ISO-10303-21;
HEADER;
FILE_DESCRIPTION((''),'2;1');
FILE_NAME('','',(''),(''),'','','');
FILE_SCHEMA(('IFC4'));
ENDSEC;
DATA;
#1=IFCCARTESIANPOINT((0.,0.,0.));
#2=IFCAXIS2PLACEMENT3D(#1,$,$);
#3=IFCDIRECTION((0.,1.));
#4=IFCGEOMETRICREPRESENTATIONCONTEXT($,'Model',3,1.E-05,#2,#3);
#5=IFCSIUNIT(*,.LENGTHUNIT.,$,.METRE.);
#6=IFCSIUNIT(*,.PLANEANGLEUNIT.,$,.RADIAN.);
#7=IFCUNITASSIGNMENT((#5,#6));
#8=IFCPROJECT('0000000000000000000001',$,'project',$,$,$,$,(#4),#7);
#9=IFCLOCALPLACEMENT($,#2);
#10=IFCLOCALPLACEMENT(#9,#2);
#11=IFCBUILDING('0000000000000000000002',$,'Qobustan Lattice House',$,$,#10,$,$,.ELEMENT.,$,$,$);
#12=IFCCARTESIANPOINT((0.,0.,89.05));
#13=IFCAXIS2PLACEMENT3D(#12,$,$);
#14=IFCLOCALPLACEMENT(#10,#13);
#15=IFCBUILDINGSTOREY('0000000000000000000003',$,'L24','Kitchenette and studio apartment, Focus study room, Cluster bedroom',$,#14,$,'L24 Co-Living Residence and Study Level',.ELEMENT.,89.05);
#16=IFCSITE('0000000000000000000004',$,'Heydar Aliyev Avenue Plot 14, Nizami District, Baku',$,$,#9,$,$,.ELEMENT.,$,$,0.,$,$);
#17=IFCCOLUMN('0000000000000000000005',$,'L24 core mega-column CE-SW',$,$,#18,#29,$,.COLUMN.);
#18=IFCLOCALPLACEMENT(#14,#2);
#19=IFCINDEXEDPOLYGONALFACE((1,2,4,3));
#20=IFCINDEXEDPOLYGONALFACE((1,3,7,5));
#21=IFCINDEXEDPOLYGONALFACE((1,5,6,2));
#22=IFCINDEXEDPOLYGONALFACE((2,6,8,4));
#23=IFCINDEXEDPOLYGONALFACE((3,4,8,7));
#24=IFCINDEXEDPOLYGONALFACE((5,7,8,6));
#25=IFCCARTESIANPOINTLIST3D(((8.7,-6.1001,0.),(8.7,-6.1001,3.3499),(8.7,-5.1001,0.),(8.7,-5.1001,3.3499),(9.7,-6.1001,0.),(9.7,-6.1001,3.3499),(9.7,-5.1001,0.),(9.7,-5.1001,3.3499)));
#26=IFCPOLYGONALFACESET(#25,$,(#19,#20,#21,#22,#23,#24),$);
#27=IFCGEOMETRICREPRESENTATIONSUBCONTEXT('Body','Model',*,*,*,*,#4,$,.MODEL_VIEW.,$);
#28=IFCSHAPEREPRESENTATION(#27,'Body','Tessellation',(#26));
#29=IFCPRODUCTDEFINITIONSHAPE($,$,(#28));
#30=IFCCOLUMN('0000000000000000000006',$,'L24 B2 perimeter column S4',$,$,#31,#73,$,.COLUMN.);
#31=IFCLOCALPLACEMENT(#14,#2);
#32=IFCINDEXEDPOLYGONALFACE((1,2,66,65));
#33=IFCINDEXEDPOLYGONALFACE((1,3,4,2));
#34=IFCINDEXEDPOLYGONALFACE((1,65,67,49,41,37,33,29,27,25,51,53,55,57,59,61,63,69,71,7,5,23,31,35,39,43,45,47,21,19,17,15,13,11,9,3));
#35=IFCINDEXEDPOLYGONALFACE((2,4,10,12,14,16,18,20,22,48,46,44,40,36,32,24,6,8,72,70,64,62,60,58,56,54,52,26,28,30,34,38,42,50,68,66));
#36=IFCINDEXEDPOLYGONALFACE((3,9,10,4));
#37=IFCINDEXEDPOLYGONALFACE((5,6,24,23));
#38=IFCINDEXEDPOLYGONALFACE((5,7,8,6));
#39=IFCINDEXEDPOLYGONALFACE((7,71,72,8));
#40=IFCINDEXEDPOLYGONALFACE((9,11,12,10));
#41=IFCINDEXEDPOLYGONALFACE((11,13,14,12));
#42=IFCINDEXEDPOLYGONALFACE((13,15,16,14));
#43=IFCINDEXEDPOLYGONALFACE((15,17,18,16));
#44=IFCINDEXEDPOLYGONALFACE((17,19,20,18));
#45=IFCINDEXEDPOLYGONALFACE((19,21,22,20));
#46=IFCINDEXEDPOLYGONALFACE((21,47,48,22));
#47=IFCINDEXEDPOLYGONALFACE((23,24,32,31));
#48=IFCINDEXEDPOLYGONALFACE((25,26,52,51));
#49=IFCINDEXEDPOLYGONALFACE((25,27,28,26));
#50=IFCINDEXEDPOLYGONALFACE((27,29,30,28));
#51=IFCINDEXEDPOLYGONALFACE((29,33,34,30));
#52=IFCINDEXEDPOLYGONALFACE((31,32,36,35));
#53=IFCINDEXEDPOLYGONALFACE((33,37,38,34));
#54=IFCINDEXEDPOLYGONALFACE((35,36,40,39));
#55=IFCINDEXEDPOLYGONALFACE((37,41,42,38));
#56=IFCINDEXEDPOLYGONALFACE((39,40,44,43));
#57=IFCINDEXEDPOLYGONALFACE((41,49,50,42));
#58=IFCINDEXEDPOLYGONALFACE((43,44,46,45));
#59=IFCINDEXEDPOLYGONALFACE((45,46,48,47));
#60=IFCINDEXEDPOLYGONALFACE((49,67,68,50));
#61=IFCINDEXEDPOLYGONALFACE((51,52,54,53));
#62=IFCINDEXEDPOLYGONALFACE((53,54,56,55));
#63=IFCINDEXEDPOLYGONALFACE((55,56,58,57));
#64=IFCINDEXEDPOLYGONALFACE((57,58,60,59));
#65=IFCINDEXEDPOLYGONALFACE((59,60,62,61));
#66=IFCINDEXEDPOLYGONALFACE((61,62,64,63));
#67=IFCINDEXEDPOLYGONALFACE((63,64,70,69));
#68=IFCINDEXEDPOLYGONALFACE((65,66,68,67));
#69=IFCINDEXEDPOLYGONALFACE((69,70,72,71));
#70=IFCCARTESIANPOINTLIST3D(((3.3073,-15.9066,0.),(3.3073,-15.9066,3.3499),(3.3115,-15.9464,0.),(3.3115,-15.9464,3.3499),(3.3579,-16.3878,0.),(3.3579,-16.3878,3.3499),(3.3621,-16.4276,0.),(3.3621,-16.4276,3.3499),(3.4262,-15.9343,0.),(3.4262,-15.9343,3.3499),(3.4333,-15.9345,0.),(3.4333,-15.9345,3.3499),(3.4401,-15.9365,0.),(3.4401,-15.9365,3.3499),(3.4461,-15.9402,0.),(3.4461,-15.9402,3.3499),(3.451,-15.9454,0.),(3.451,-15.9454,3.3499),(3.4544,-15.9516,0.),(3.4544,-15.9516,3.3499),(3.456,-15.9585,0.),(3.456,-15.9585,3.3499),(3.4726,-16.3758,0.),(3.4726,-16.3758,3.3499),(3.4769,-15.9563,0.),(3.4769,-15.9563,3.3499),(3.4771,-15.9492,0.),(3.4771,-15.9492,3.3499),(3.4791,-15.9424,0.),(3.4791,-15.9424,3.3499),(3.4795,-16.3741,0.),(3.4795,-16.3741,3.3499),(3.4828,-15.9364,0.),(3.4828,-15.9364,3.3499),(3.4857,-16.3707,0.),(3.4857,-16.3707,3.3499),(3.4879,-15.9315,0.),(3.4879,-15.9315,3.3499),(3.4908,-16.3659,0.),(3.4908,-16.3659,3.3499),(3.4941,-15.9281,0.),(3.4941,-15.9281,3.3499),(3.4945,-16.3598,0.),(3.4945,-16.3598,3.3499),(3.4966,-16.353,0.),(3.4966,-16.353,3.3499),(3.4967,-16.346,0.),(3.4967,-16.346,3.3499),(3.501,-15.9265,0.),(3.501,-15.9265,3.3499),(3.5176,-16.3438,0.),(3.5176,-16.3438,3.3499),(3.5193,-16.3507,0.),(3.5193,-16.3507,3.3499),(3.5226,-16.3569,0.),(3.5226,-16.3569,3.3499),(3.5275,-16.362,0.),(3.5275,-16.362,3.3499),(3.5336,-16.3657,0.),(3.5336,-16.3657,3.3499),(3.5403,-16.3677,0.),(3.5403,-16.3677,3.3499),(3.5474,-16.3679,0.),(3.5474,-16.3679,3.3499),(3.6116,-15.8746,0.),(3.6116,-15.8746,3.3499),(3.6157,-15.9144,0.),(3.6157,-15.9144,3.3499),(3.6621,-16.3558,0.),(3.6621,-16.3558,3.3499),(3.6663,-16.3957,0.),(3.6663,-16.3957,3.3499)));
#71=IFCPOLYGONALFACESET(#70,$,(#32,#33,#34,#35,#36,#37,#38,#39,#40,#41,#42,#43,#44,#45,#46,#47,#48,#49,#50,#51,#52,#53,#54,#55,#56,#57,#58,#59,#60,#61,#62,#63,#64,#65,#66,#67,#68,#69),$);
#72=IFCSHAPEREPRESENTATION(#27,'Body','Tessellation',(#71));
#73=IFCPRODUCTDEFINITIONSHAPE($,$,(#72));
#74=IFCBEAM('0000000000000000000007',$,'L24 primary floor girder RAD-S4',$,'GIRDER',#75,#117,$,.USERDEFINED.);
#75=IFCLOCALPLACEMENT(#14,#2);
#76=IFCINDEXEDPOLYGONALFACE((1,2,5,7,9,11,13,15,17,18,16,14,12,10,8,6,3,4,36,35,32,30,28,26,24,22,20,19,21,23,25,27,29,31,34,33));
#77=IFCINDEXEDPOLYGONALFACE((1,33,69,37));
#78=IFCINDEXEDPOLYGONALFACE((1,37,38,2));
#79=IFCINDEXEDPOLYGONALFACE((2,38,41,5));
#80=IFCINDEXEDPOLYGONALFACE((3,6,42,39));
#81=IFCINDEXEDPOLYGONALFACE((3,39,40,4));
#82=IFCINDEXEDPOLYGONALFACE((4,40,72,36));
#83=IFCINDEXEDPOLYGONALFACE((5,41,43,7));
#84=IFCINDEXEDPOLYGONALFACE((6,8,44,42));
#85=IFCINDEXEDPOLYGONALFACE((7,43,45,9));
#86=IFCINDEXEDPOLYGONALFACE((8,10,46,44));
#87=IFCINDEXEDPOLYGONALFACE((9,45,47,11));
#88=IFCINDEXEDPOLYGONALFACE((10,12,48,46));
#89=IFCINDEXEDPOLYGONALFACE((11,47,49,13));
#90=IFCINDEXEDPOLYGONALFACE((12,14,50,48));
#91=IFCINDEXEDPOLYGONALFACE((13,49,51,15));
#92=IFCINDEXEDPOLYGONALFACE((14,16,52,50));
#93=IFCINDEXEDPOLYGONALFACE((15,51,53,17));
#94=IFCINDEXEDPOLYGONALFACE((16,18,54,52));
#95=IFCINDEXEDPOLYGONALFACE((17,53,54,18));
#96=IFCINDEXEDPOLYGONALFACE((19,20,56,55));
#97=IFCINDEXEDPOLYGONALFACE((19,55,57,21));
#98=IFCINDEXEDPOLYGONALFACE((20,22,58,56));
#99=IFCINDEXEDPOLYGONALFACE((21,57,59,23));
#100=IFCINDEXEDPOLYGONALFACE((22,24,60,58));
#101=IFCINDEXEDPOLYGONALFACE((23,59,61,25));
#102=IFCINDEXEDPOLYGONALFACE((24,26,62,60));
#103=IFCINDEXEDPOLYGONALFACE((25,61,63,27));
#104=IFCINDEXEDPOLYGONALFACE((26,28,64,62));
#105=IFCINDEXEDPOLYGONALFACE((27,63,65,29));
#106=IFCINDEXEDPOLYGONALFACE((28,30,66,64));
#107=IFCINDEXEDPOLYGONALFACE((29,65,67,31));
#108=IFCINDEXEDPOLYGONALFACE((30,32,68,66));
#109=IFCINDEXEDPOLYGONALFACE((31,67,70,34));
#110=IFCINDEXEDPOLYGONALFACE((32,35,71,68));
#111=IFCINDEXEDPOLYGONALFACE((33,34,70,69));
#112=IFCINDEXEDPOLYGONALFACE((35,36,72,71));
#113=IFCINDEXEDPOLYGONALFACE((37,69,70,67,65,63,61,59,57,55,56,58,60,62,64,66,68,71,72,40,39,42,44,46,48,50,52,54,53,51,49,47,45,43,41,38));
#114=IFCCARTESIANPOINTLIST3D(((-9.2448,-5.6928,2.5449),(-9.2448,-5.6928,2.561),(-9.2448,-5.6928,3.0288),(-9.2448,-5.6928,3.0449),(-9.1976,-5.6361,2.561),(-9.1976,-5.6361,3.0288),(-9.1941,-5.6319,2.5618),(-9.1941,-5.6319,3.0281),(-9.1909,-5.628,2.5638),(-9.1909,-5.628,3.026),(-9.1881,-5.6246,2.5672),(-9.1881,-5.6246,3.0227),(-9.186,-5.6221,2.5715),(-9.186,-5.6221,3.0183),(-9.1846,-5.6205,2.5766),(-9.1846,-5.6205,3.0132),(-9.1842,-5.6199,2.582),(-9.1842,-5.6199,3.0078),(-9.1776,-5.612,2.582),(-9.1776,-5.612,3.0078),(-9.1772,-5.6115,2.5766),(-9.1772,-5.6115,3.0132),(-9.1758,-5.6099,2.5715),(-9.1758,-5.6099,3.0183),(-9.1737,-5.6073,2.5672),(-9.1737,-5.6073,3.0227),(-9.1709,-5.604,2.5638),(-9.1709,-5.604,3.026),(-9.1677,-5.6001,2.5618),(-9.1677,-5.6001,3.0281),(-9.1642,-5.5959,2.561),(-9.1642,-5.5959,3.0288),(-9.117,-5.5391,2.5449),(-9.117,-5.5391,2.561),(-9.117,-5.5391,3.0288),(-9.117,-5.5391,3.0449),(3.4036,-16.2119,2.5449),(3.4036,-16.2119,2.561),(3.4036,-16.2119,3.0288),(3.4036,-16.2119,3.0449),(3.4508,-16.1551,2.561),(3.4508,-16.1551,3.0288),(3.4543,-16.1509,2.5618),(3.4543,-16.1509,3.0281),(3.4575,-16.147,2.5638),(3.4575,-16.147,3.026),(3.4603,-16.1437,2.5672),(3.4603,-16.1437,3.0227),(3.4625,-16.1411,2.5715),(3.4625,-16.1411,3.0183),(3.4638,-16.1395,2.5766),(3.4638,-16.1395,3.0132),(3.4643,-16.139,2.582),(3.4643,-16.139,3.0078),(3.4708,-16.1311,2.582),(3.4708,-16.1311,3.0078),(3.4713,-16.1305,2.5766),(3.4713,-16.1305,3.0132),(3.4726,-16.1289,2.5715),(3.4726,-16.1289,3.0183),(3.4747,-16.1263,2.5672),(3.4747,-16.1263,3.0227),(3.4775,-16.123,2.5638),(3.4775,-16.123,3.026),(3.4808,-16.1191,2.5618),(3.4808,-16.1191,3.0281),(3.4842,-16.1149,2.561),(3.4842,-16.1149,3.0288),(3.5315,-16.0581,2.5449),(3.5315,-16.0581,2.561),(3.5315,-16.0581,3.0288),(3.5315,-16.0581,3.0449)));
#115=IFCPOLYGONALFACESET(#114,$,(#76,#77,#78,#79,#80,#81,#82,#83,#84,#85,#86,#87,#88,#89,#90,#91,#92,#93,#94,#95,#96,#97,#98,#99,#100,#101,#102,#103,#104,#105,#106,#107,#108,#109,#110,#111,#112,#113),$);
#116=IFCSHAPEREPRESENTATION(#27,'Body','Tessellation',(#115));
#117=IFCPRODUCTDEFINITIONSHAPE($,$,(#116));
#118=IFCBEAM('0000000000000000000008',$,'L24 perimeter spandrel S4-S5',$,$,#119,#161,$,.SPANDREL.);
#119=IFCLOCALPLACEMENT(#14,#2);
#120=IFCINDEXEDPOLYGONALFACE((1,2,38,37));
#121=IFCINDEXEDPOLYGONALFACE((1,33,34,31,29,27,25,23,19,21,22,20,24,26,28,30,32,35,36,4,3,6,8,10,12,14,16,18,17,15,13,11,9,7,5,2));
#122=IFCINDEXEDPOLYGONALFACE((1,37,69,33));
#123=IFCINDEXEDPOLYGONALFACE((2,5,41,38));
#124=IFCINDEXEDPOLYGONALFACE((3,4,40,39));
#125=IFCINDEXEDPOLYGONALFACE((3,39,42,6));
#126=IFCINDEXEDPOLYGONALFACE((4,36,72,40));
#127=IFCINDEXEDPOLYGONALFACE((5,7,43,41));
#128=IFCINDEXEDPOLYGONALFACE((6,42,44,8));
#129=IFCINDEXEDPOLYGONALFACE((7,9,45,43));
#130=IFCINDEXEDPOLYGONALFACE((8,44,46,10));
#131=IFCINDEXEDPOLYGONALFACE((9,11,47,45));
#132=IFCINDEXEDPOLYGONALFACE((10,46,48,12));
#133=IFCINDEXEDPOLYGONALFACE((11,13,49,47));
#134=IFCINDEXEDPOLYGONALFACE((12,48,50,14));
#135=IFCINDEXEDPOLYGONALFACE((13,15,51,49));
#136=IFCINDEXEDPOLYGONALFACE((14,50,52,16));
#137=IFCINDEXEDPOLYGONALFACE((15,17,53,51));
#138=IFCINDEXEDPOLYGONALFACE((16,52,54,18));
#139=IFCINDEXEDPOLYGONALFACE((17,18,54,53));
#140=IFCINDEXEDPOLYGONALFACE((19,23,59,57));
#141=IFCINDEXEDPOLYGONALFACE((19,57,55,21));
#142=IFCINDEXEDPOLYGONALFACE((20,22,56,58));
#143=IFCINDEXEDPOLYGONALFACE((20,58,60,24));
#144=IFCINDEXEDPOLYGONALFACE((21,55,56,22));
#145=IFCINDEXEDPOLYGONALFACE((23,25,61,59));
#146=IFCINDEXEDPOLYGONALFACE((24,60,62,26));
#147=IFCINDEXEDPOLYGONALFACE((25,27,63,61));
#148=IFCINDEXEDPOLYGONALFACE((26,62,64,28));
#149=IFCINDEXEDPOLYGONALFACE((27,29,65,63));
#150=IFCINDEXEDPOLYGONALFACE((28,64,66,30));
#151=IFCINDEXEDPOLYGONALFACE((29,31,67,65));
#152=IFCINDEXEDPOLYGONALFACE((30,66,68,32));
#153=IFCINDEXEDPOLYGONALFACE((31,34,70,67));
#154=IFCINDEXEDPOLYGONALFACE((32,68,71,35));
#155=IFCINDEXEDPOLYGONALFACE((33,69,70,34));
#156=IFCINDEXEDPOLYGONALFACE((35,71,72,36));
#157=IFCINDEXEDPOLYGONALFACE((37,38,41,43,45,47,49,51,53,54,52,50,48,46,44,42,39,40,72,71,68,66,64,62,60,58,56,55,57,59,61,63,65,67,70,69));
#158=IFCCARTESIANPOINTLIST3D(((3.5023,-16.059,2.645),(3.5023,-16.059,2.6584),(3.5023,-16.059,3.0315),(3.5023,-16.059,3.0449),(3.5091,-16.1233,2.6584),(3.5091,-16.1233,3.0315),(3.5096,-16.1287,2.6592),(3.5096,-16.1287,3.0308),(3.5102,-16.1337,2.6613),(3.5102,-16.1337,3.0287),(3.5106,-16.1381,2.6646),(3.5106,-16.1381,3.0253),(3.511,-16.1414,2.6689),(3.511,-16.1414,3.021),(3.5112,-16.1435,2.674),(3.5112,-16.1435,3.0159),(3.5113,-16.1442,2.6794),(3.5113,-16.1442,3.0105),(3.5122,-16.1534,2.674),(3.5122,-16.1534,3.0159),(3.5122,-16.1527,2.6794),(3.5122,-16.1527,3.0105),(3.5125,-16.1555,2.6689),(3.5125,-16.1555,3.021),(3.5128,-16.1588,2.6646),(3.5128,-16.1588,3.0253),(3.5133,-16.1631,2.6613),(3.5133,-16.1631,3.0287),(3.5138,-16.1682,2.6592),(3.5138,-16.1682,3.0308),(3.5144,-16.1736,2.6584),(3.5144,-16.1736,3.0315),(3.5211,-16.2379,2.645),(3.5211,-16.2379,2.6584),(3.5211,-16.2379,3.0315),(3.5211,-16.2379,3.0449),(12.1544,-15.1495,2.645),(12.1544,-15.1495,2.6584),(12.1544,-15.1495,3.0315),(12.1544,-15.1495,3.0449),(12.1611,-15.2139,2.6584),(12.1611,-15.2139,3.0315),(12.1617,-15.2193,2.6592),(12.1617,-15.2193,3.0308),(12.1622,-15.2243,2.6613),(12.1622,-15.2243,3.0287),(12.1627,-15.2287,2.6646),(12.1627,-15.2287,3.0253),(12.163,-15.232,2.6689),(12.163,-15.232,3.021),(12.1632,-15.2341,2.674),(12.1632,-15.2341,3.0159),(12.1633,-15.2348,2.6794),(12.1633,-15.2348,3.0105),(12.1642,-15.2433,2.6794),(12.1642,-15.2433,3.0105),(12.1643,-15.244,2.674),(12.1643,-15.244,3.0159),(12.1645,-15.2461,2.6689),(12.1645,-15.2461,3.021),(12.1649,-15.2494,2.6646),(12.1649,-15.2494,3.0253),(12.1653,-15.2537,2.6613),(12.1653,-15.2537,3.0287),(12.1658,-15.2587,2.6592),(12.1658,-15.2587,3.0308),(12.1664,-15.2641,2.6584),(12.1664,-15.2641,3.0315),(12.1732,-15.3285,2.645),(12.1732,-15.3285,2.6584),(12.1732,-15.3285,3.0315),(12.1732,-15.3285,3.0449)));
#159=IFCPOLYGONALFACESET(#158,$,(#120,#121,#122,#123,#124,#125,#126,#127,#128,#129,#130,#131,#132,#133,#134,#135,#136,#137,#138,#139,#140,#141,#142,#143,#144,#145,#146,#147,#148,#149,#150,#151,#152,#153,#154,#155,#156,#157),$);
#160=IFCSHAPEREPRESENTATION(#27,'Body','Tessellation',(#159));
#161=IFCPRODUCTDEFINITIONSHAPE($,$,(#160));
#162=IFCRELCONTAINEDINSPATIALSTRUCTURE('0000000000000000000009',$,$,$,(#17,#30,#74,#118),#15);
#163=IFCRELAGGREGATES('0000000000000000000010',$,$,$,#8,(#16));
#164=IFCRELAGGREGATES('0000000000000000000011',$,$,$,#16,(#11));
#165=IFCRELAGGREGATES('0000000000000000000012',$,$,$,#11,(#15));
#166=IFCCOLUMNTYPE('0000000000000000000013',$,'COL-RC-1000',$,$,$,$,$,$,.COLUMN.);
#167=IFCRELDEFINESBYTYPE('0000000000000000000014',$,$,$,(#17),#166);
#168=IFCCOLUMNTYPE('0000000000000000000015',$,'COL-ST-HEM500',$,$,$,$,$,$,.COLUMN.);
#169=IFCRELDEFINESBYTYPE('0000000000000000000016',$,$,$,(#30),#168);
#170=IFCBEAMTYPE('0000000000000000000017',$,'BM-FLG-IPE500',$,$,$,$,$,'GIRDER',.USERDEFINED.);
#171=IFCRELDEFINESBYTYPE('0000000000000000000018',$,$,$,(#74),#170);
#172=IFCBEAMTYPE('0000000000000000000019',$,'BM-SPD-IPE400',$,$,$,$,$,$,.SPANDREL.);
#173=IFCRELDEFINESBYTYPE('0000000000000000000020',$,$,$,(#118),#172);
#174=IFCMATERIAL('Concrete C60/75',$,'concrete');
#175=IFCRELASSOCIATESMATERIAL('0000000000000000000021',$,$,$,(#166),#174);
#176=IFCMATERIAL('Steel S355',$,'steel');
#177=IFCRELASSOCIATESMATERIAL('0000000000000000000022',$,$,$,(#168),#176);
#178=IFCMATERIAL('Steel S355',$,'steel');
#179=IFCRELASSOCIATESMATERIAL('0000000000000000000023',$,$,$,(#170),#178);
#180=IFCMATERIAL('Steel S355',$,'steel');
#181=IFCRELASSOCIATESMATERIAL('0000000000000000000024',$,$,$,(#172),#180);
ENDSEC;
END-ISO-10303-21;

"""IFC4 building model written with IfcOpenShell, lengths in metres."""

from ifc_helpers import new_model, si_unit, direction, frame, origin, origin_2d, place, context, subcontext, project, spatial, rectangle, i_section, extrude, material, material_profile, profile_set, type_object, element, save


model = new_model("IFC4")

# Units and contexts
model_context = context("Model", 3, precision=1e-05, world=origin(), true_north=direction((0.0, 1.0)))
body_context = subcontext(model_context, "Body", "Model", "MODEL_VIEW")
ifc_project = project(units=[si_unit("LENGTHUNIT", "METRE"), si_unit("PLANEANGLEUNIT", "RADIAN")], contexts=[model_context])

# Site, building, storey
site_placement = place(None, origin())
site = spatial("IfcSite", under=ifc_project, at=site_placement, Name="Heydar Aliyev Avenue Plot 14, Nizami District, Baku", CompositionType="ELEMENT", RefElevation=0.0)
building_placement = place(site_placement, origin())
building = spatial("IfcBuilding", under=site, at=building_placement, Name="Qobustan Lattice House", CompositionType="ELEMENT")
storey_placement = place(building_placement, frame((0.0, 0.0, 89.05)))
storey = spatial("IfcBuildingStorey", under=building, at=storey_placement, Name="L24", Description="Kitchenette and studio apartment, Focus study room, Cluster bedroom", LongName="L24 Co-Living Residence and Study Level", CompositionType="ELEMENT", Elevation=89.05)

# Columns
ifc_material_1 = material(Name="Concrete C60/75", Category="concrete")
ifc_material_profile_1 = material_profile(ifc_material_1, rectangle(XDim=1.0, YDim=1.0, at=origin_2d()), Name="RC1000x1000")
ifc_profile_set_1 = profile_set([ifc_material_profile_1], Name="Concrete C60/75")
column_type_1 = type_object("IfcColumnType", Name="COL-RC-1000", PredefinedType="COLUMN", material=ifc_profile_set_1)
column_1_placement = place(storey_placement, frame((9.2, -5.6001, 0.0), z_axis=(0.0, 0.0, 1.0), x_axis=(1.0, 0.0, 0.0)))
element("IfcColumn", 1, at=column_1_placement, inside=storey, type_object=column_type_1, Name="L24 core mega-column CE-SW", PredefinedType="COLUMN", context=body_context, shape_type="SweptSolid", body=[
    extrude(rectangle(XDim=1.0, YDim=1.0, at=origin_2d()), origin(), (0.0, 0.0, 1.0), 3.3499),
])
ifc_material_2 = material(Name="Steel S355", Category="steel")
ifc_material_profile_2 = material_profile(ifc_material_2, i_section(OverallWidth=0.3059, OverallDepth=0.5239, WebThickness=0.021, FlangeThickness=0.04, FilletRadius=0.0271, at=origin_2d()), Name="HEM500")
ifc_profile_set_2 = profile_set([ifc_material_profile_2], Name="Steel S355")
column_type_2 = type_object("IfcColumnType", Name="COL-ST-HEM500", PredefinedType="COLUMN", material=ifc_profile_set_2)
column_2_placement = place(storey_placement, frame((3.4868, -16.1511, 0.0), z_axis=(0.0, 0.0, 1.0), x_axis=(0.994522, 0.104528, 0.0)))
element("IfcColumn", 2, at=column_2_placement, inside=storey, type_object=column_type_2, Name="L24 B2 perimeter column S4", PredefinedType="COLUMN", context=body_context, shape_type="SweptSolid", body=[
    extrude(i_section(OverallWidth=0.3059, OverallDepth=0.5239, WebThickness=0.021, FlangeThickness=0.04, FilletRadius=0.0271, at=origin_2d()), origin(), (0.0, 0.0, 1.0), 3.3499),
])

# Beams
ifc_material_3 = material(Name="Steel S355", Category="steel")
ifc_material_profile_3 = material_profile(ifc_material_3, i_section(OverallWidth=0.2, OverallDepth=0.5, WebThickness=0.0103, FlangeThickness=0.0161, FilletRadius=0.021, at=origin_2d()), Name="IPE500")
ifc_profile_set_3 = profile_set([ifc_material_profile_3], Name="Steel S355")
beam_type_1 = type_object("IfcBeamType", Name="BM-FLG-IPE500", ElementType="GIRDER", PredefinedType="USERDEFINED", material=ifc_profile_set_3)
beam_1_placement = place(storey_placement, frame((3.4675, -16.135, 2.7949), z_axis=(-0.768858, 0.639419, 0.0), x_axis=(-0.639419, -0.768858, 0.0)))
element("IfcBeam", 3, at=beam_1_placement, inside=storey, type_object=beam_type_1, Name="L24 primary floor girder RAD-S4", ObjectType="GIRDER", PredefinedType="USERDEFINED", context=body_context, shape_type="SweptSolid", body=[
    extrude(i_section(OverallWidth=0.2, OverallDepth=0.5, WebThickness=0.0103, FlangeThickness=0.0161, FilletRadius=0.021, at=origin_2d()), origin(), (0.0, 0.0, 1.0), 16.4509),
])
ifc_material_4 = material(Name="Steel S355", Category="steel")
ifc_material_profile_4 = material_profile(ifc_material_4, i_section(OverallWidth=0.1799, OverallDepth=0.3999, WebThickness=0.0085, FlangeThickness=0.0134, FilletRadius=0.021, at=origin_2d()), Name="IPE400")
ifc_profile_set_4 = profile_set([ifc_material_profile_4], Name="Steel S355")
beam_type_2 = type_object("IfcBeamType", Name="BM-SPD-IPE400", PredefinedType="SPANDREL", material=ifc_profile_set_4)
beam_2_placement = place(storey_placement, frame((3.5117, -16.1484, 2.845), z_axis=(0.994521, 0.104534, 0.0), x_axis=(-0.104534, 0.994521, 0.0)))
element("IfcBeam", 4, at=beam_2_placement, inside=storey, type_object=beam_type_2, Name="L24 perimeter spandrel S4-S5", PredefinedType="SPANDREL", context=body_context, shape_type="SweptSolid", body=[
    extrude(i_section(OverallWidth=0.1799, OverallDepth=0.3999, WebThickness=0.0085, FlangeThickness=0.0134, FilletRadius=0.021, at=origin_2d()), origin(), (0.0, 0.0, 1.0), 8.6997),
])

save(model, "model.ifc")
